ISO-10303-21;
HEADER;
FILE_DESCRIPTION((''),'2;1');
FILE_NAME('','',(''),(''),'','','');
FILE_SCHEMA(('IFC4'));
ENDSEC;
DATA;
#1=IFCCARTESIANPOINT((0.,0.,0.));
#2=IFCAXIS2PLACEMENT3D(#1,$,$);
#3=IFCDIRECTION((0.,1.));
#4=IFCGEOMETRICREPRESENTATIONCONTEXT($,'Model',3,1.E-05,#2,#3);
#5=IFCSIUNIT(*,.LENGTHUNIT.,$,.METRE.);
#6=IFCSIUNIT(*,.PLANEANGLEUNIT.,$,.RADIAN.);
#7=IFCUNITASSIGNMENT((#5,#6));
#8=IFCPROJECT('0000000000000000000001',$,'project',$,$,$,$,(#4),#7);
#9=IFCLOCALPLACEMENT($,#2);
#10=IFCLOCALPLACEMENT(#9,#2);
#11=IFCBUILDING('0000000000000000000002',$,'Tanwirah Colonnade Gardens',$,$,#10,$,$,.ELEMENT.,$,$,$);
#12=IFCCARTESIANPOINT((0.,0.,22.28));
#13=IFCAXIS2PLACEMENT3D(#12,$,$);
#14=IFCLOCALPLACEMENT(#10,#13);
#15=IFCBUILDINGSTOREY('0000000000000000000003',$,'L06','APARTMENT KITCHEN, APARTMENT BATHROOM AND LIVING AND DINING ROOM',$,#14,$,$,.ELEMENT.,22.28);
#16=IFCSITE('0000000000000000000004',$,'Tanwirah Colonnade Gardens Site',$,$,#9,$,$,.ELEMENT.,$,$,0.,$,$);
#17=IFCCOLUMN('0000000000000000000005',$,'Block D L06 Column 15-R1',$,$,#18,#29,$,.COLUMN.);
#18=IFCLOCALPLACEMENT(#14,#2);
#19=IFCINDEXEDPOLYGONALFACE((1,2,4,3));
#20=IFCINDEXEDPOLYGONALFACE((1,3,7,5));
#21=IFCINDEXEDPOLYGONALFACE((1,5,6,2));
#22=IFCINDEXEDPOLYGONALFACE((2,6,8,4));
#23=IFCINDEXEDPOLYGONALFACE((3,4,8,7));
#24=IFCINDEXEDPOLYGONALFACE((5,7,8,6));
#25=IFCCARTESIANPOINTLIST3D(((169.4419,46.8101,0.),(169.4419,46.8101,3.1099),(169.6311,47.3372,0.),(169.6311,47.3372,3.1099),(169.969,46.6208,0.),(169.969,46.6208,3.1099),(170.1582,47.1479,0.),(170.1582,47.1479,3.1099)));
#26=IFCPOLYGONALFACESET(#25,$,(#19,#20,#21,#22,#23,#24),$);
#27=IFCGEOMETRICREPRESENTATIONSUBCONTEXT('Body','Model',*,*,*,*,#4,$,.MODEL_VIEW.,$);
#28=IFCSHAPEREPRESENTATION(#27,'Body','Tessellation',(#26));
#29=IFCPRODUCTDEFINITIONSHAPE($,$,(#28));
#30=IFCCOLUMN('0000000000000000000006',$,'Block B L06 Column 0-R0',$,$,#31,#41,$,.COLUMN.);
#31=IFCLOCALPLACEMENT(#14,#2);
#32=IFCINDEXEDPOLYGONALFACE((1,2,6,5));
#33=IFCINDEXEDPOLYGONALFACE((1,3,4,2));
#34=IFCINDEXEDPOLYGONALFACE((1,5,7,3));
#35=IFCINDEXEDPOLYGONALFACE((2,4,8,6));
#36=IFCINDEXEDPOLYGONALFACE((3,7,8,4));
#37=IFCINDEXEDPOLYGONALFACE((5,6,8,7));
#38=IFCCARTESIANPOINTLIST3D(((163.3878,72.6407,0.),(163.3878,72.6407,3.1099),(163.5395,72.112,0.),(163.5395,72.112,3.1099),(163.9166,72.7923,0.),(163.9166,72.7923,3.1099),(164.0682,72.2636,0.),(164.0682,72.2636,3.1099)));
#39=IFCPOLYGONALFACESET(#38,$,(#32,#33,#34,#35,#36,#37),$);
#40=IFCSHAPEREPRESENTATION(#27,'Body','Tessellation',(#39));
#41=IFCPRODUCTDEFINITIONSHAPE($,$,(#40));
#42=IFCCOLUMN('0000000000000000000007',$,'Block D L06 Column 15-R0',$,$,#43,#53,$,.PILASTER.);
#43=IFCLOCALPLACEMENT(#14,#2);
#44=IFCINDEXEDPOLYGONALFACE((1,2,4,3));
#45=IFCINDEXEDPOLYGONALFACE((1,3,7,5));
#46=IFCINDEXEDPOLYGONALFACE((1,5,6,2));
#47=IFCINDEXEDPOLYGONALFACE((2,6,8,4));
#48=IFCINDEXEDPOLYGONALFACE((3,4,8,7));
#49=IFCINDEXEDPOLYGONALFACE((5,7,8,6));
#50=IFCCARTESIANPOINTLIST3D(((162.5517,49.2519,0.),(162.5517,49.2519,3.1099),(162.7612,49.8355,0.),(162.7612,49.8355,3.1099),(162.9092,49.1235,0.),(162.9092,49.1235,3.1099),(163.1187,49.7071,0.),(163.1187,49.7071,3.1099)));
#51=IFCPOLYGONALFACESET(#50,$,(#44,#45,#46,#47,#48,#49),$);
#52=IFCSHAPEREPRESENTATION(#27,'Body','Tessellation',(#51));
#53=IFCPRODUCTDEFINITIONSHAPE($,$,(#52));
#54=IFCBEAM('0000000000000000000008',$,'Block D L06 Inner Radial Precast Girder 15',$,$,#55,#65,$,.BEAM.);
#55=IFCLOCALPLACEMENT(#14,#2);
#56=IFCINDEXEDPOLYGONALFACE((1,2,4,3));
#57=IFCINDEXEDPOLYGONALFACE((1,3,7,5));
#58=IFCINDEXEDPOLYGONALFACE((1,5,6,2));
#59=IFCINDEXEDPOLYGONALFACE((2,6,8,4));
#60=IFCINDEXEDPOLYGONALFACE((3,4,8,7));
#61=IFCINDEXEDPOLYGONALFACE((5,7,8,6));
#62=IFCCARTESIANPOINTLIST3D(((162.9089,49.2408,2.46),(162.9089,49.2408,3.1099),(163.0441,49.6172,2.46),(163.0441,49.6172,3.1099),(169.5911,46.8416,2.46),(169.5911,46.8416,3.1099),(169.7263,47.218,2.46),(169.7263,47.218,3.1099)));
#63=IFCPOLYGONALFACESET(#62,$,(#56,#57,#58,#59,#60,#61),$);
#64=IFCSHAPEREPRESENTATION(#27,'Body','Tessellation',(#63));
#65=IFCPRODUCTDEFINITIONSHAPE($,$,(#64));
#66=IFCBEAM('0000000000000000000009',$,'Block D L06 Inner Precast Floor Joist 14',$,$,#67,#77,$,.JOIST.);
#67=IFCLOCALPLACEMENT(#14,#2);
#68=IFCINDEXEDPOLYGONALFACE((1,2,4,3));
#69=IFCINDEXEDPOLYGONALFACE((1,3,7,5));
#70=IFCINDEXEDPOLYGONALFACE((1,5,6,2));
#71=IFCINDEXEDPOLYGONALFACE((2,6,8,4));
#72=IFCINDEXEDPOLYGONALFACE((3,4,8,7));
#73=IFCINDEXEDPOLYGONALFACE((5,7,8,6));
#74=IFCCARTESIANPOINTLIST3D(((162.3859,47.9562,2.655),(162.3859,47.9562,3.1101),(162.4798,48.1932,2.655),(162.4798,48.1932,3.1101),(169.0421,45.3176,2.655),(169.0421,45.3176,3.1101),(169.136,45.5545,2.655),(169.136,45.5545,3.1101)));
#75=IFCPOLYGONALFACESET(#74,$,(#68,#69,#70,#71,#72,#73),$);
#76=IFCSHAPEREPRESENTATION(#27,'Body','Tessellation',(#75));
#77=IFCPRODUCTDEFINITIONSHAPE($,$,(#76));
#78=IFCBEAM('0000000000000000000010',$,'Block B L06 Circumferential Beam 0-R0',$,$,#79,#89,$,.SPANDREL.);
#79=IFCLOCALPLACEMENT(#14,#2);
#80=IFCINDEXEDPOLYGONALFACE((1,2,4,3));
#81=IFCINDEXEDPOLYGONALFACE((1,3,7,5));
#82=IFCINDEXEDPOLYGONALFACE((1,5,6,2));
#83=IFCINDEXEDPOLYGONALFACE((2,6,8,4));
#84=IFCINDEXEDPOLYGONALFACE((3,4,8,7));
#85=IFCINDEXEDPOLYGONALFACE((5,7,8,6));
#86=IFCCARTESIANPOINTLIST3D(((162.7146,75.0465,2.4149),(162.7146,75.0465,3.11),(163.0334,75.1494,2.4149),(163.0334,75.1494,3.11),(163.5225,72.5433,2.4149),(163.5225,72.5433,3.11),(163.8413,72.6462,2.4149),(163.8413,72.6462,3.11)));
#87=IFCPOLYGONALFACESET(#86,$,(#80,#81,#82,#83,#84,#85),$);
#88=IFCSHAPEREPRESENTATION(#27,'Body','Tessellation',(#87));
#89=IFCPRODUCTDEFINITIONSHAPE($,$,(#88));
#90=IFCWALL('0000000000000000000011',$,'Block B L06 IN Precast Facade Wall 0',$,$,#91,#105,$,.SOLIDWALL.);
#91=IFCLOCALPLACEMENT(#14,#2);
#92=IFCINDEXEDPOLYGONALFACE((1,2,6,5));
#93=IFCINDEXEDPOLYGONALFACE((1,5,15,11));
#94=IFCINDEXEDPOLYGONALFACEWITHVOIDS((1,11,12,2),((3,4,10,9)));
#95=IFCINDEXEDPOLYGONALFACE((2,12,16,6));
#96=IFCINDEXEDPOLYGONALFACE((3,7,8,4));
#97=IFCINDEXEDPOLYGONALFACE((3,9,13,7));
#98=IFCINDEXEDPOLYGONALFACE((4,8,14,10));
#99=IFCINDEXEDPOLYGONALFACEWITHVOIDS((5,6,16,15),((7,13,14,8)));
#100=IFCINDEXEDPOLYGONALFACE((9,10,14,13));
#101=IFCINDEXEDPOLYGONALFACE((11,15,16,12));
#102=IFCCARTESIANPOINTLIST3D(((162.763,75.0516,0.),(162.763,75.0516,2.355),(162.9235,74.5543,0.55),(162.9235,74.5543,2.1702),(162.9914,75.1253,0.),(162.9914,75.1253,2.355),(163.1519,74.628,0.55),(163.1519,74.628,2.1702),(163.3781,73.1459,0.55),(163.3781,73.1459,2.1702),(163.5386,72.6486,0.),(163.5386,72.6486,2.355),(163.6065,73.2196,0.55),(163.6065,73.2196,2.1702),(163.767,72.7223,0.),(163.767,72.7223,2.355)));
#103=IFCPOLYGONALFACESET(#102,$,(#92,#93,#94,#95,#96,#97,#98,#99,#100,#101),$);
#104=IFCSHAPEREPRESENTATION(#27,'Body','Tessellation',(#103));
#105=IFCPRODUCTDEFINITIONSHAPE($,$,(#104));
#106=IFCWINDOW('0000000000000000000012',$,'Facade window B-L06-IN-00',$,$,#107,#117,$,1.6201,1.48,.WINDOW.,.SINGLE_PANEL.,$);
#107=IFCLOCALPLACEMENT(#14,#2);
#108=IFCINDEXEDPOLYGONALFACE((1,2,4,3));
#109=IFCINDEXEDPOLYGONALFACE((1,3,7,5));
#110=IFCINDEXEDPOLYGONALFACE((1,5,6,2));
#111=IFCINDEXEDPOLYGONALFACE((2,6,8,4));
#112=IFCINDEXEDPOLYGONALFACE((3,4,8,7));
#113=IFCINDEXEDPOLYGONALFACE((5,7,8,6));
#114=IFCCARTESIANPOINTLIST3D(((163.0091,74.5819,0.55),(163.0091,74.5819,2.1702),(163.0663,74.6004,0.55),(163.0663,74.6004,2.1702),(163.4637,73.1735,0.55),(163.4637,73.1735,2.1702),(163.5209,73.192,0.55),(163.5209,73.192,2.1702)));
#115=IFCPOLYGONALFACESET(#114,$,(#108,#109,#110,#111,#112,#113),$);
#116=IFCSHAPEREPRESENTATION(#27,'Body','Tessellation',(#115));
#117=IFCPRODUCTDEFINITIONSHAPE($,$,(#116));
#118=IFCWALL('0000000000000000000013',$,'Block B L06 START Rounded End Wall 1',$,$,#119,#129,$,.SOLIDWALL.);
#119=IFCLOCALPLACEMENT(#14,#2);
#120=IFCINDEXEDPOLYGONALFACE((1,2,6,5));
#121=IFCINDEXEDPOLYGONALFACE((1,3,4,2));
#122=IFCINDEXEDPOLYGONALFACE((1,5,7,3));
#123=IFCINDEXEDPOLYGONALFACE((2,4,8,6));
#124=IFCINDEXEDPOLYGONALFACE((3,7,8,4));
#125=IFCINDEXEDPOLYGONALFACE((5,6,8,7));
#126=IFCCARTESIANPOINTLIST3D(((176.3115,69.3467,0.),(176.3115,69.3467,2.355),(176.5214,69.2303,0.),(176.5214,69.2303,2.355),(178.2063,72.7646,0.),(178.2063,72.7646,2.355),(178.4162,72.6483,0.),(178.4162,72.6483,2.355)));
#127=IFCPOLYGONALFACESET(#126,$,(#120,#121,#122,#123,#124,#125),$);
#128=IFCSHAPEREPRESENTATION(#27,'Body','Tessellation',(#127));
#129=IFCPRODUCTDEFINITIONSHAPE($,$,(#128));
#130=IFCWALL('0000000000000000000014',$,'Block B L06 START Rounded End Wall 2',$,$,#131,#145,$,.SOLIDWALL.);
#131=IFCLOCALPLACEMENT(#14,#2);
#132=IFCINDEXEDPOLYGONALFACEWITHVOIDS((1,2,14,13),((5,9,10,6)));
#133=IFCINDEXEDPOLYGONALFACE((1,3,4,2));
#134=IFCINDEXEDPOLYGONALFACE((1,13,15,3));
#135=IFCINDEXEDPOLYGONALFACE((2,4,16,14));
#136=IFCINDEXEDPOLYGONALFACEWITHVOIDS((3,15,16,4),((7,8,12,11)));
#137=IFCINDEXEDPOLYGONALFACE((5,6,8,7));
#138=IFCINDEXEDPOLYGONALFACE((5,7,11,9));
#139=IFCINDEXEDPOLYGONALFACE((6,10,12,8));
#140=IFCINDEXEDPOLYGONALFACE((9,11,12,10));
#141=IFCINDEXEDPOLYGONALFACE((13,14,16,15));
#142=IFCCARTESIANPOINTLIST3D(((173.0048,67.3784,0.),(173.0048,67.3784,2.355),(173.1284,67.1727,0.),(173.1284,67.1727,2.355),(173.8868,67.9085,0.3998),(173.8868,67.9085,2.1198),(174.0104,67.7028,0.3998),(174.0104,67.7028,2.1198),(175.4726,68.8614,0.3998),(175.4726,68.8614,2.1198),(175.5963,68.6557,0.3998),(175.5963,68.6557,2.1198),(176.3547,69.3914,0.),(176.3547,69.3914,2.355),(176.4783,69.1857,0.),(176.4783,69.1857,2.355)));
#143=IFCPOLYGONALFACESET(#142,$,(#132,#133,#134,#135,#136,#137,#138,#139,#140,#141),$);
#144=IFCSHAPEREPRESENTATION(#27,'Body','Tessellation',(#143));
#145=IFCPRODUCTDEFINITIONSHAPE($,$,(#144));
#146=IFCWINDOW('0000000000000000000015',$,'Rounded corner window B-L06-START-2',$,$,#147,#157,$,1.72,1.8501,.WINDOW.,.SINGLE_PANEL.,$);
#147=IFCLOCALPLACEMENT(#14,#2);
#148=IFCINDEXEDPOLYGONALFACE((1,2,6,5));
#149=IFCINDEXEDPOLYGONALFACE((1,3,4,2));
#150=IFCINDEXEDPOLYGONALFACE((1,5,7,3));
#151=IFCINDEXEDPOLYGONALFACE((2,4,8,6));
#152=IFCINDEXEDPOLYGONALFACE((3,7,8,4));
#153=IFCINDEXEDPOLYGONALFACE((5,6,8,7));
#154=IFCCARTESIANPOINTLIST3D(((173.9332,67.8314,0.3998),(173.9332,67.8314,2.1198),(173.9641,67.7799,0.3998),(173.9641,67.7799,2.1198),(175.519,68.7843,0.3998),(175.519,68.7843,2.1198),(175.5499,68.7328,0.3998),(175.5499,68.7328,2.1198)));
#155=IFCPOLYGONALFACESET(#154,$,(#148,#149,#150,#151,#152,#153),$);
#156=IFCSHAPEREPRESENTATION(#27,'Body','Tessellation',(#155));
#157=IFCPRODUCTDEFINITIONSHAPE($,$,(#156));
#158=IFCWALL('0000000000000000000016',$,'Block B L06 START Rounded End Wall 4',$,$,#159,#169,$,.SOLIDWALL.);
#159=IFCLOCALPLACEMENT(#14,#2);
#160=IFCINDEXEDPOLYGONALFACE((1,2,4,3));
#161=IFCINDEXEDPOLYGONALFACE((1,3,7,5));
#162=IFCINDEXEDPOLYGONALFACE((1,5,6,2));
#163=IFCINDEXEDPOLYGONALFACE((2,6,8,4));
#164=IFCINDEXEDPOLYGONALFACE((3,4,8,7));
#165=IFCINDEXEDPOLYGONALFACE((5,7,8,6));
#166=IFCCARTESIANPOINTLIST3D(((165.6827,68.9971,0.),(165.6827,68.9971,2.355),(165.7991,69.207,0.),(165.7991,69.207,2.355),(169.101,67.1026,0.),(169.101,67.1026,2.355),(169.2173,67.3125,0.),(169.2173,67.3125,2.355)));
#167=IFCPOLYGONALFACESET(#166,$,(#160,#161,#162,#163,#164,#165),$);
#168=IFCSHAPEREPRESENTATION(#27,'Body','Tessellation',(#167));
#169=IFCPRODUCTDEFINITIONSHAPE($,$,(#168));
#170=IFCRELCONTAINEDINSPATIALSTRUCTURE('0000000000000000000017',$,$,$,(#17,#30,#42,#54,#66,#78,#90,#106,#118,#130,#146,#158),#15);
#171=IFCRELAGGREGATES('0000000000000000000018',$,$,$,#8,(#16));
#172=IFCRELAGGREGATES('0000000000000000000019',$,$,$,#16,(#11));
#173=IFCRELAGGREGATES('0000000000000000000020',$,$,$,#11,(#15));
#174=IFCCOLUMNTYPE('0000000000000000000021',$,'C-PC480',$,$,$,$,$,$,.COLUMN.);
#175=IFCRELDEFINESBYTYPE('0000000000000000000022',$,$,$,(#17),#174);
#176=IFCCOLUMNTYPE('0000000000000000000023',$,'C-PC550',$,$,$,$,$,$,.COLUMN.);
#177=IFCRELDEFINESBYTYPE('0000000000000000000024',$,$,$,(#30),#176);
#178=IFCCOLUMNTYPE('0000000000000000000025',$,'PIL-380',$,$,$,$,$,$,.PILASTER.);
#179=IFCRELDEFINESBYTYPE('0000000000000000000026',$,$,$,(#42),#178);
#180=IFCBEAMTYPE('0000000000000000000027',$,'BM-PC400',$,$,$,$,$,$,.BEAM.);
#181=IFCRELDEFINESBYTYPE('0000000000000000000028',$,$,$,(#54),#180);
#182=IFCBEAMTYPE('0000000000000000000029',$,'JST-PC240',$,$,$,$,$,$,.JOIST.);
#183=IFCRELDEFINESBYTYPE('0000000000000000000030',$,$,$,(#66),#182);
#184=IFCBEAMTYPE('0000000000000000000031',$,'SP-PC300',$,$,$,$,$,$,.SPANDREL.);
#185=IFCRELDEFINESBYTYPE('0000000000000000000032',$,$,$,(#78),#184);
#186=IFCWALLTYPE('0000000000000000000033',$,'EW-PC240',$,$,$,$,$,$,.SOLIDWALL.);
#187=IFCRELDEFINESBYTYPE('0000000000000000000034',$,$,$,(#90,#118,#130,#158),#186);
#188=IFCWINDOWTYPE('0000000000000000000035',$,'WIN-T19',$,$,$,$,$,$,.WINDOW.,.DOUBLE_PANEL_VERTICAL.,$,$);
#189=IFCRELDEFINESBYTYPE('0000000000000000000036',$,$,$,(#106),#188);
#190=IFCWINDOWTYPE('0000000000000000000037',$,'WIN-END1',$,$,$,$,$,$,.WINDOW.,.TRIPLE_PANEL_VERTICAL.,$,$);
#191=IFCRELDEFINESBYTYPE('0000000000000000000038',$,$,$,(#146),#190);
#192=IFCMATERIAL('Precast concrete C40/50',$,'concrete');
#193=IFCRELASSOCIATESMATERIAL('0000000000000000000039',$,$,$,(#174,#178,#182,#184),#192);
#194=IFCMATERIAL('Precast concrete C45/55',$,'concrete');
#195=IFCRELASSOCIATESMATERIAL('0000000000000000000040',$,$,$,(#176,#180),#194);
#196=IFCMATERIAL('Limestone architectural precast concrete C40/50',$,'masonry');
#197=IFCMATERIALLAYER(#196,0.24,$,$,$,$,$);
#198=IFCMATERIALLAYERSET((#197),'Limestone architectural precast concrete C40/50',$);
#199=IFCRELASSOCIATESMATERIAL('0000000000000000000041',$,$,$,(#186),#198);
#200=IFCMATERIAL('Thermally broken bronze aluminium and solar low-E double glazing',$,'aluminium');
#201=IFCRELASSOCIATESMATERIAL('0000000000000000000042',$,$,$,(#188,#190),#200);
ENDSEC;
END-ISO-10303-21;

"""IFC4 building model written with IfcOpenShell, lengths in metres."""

from ifc_helpers import new_model, si_unit, direction, frame, frame_2d, origin, origin_2d, place, context, subcontext, project, spatial, rectangle, extrude, material, layer, layer_set, material_profile, profile_set, type_object, element, fill, save


model = new_model("IFC4")

# Units and contexts
model_context = context("Model", 3, precision=1e-05, world=origin(), true_north=direction((0.0, 1.0)))
body_context = subcontext(model_context, "Body", "Model", "MODEL_VIEW")
ifc_project = project(units=[si_unit("LENGTHUNIT", "METRE"), si_unit("PLANEANGLEUNIT", "RADIAN")], contexts=[model_context])

# Site, building, storey
site_placement = place(None, origin())
site = spatial("IfcSite", under=ifc_project, at=site_placement, Name="Tanwirah Colonnade Gardens Site", CompositionType="ELEMENT", RefElevation=0.0)
building_placement = place(site_placement, origin())
building = spatial("IfcBuilding", under=site, at=building_placement, Name="Tanwirah Colonnade Gardens", CompositionType="ELEMENT")
storey_placement = place(building_placement, frame((0.0, 0.0, 22.28)))
storey = spatial("IfcBuildingStorey", under=building, at=storey_placement, Name="L06", Description="APARTMENT KITCHEN, APARTMENT BATHROOM AND LIVING AND DINING ROOM", CompositionType="ELEMENT", Elevation=22.28)

# Columns
ifc_material_1 = material(Name="Precast concrete C40/50", Category="concrete")
ifc_material_profile_1 = material_profile(ifc_material_1, rectangle(XDim=0.5601, YDim=0.5601, at=origin_2d()), Name="PC-COL 560x560")
ifc_profile_set_1 = profile_set([ifc_material_profile_1], Name="Precast concrete C40/50")
column_type_1 = type_object("IfcColumnType", Name="C-PC480", PredefinedType="COLUMN", material=ifc_profile_set_1)
column_1_placement = place(storey_placement, frame((169.8, 46.979, 0.0), z_axis=(0.0, 0.0, 1.0), x_axis=(0.941176, -0.337917, 0.0)))
element("IfcColumn", 1, at=column_1_placement, inside=storey, type_object=column_type_1, Name="Block D L06 Column 15-R1", PredefinedType="COLUMN", context=body_context, shape_type="SweptSolid", body=[
    extrude(rectangle(XDim=0.5601, YDim=0.5601, at=origin_2d()), origin(), (0.0, 0.0, 1.0), 3.1099),
])
ifc_material_2 = material(Name="Precast concrete C45/55", Category="concrete")
ifc_material_profile_2 = material_profile(ifc_material_2, rectangle(XDim=0.55, YDim=0.55, at=origin_2d()), Name="PC-COL 550x550")
ifc_profile_set_2 = profile_set([ifc_material_profile_2], Name="Precast concrete C45/55")
column_type_2 = type_object("IfcColumnType", Name="C-PC550", PredefinedType="COLUMN", material=ifc_profile_set_2)
column_2_placement = place(storey_placement, frame((163.728, 72.4521, 0.0), z_axis=(0.0, 0.0, 1.0), x_axis=(0.961262, 0.275637, 0.0)))
element("IfcColumn", 2, at=column_2_placement, inside=storey, type_object=column_type_2, Name="Block B L06 Column 0-R0", PredefinedType="COLUMN", context=body_context, shape_type="SweptSolid", body=[
    extrude(rectangle(XDim=0.55, YDim=0.55, at=origin_2d()), origin(), (0.0, 0.0, 1.0), 3.1099),
])
ifc_material_profile_3 = material_profile(ifc_material_1, rectangle(XDim=0.3799, YDim=0.6201, at=origin_2d()), Name="PC-PIL 380x620")
ifc_profile_set_3 = profile_set([ifc_material_profile_3], Name="Precast concrete C40/50")
column_type_3 = type_object("IfcColumnType", Name="PIL-380", PredefinedType="PILASTER", material=ifc_profile_set_3)
column_3_placement = place(storey_placement, frame((162.8352, 49.4795, 0.0), z_axis=(0.0, 0.0, 1.0), x_axis=(0.941176, -0.337917, 0.0)))
element("IfcColumn", 3, at=column_3_placement, inside=storey, type_object=column_type_3, Name="Block D L06 Column 15-R0", PredefinedType="PILASTER", context=body_context, shape_type="SweptSolid", body=[
    extrude(rectangle(XDim=0.3799, YDim=0.6201, at=origin_2d()), origin(), (0.0, 0.0, 1.0), 3.1099),
])

# Beams
ifc_material_profile_4 = material_profile(ifc_material_2, rectangle(XDim=0.3999, YDim=0.6499, at=origin_2d()), Name="PC-BM 400x650")
ifc_profile_set_4 = profile_set([ifc_material_profile_4], Name="Precast concrete C45/55")
beam_type_1 = type_object("IfcBeamType", Name="BM-PC400", PredefinedType="BEAM", material=ifc_profile_set_4)
beam_1_placement = place(storey_placement, frame((169.6587, 47.0298, 2.7849), z_axis=(-0.941174, 0.337922, 0.0), x_axis=(-0.337922, -0.941174, 0.0)))
element("IfcBeam", 4, at=beam_1_placement, inside=storey, type_object=beam_type_1, Name="Block D L06 Inner Radial Precast Girder 15", PredefinedType="BEAM", context=body_context, shape_type="SweptSolid", body=[
    extrude(rectangle(XDim=0.3999, YDim=0.6499, at=origin_2d()), origin(), (0.0, 0.0, 1.0), 7.0999),
])
ifc_material_profile_5 = material_profile(ifc_material_1, rectangle(XDim=0.2549, YDim=0.4551, at=origin_2d()), Name="PC-JST 255x455")
ifc_profile_set_5 = profile_set([ifc_material_profile_5], Name="Precast concrete C40/50")
beam_type_2 = type_object("IfcBeamType", Name="JST-PC240", PredefinedType="JOIST", material=ifc_profile_set_5)
beam_2_placement = place(storey_placement, frame((162.4329, 48.0747, 2.8826), z_axis=(0.92962, -0.36852, 0.0), x_axis=(0.36852, 0.92962, 0.0)))
element("IfcBeam", 5, at=beam_2_placement, inside=storey, type_object=beam_type_2, Name="Block D L06 Inner Precast Floor Joist 14", PredefinedType="JOIST", context=body_context, shape_type="SweptSolid", body=[
    extrude(rectangle(XDim=0.2549, YDim=0.4551, at=origin_2d()), origin(), (0.0, 0.0, 1.0), 7.1602),
])
ifc_material_profile_6 = material_profile(ifc_material_1, rectangle(XDim=0.335, YDim=0.6951, at=origin_2d()), Name="PC-SP 335x695")
ifc_profile_set_6 = profile_set([ifc_material_profile_6], Name="Precast concrete C40/50")
beam_type_3 = type_object("IfcBeamType", Name="SP-PC300", PredefinedType="SPANDREL", material=ifc_profile_set_6)
beam_3_placement = place(storey_placement, frame((163.6819, 72.5947, 2.7625), z_axis=(-0.307136, 0.951666, 0.0), x_axis=(-0.951666, -0.307136, 0.0)))
element("IfcBeam", 6, at=beam_3_placement, inside=storey, type_object=beam_type_3, Name="Block B L06 Circumferential Beam 0-R0", PredefinedType="SPANDREL", context=body_context, shape_type="SweptSolid", body=[
    extrude(rectangle(XDim=0.335, YDim=0.6951, at=origin_2d()), origin(), (0.0, 0.0, 1.0), 2.6304),
])

# Wall, opening, window
ifc_material_3 = material(Name="Limestone architectural precast concrete C40/50", Category="masonry")
ifc_layer_1 = layer(ifc_material_3, 0.24)
ifc_layer_set_1 = layer_set([ifc_layer_1], Name="Limestone architectural precast concrete C40/50")
wall_type_1 = type_object("IfcWallType", Name="EW-PC240", PredefinedType="SOLIDWALL", material=ifc_layer_set_1)
wall_1_placement = place(storey_placement, frame((163.6528, 72.6853, 0.0), z_axis=(0.0, 0.0, 1.0), x_axis=(-0.307164, 0.951657, 0.0)))
wall_1 = element("IfcWall", 7, at=wall_1_placement, inside=storey, type_object=wall_type_1, Name="Block B L06 IN Precast Facade Wall 0", PredefinedType="SOLIDWALL", context=body_context, shape_type="SweptSolid", body=[
    extrude(rectangle(XDim=2.5251, YDim=0.24, at=frame_2d((1.2627, 0.0))), origin(), (0.0, 0.0, 1.0), 2.355),
])
opening_1_placement = place(wall_1_placement, frame((0.5227, 0.0, 0.55)))
opening_1 = element("IfcOpeningElement", 8, at=opening_1_placement, cuts=wall_1, PredefinedType="OPENING", context=body_context, shape_type="SweptSolid", body=[
    extrude(rectangle(XDim=1.48, YDim=1.6201, at=frame_2d((0.74, 0.8101))), frame((0.0, 0.1299, 0.0), z_axis=(0.0, -1.0, 0.0), x_axis=(1.0, 0.0, 0.0)), (0.0, 0.0, 1.0), 0.26),
])
ifc_material_4 = material(Name="Thermally broken bronze aluminium and solar low-E double glazing", Category="aluminium")
window_type_1 = type_object("IfcWindowType", Name="WIN-T19", PartitioningType="DOUBLE_PANEL_VERTICAL", PredefinedType="WINDOW", material=ifc_material_4)
window_1_placement = place(opening_1_placement, origin())
window_1 = element("IfcWindow", 9, at=window_1_placement, inside=storey, type_object=window_type_1, Name="Facade window B-L06-IN-00", OverallHeight=1.6201, OverallWidth=1.48, PartitioningType="SINGLE_PANEL", PredefinedType="WINDOW", context=body_context, shape_type="SweptSolid", body=[
    extrude(rectangle(XDim=1.48, YDim=1.6201, at=frame_2d((0.74, 0.8101))), frame((0.0, 0.03, 0.0), z_axis=(0.0, -1.0, 0.0), x_axis=(1.0, 0.0, 0.0)), (0.0, 0.0, 1.0), 0.0601),
])
fill(opening_1, window_1)

# Wall
wall_2_placement = place(storey_placement, frame((178.3113, 72.7065, 0.0), z_axis=(0.0, 0.0, 1.0), x_axis=(-0.484842, -0.874602, 0.0)))
element("IfcWall", 10, at=wall_2_placement, inside=storey, type_object=wall_type_1, Name="Block B L06 START Rounded End Wall 1", PredefinedType="SOLIDWALL", context=body_context, shape_type="SweptSolid", body=[
    extrude(rectangle(XDim=3.908, YDim=0.24, at=frame_2d((1.9541, 0.0))), origin(), (0.0, 0.0, 1.0), 2.355),
])

# Wall, opening, window
wall_3_placement = place(storey_placement, frame((176.4165, 69.2886, 0.0), z_axis=(0.0, 0.0, 1.0), x_axis=(-0.857151, -0.515065, 0.0)))
wall_3 = element("IfcWall", 11, at=wall_3_placement, inside=storey, type_object=wall_type_1, Name="Block B L06 START Rounded End Wall 2", PredefinedType="SOLIDWALL", context=body_context, shape_type="SweptSolid", body=[
    extrude(rectangle(XDim=3.9082, YDim=0.24, at=frame_2d((1.9541, 0.0))), origin(), (0.0, 0.0, 1.0), 2.355),
])
opening_2_placement = place(wall_3_placement, frame((1.0291, 0.0, 0.3999)))
opening_2 = element("IfcOpeningElement", 12, at=opening_2_placement, cuts=wall_3, PredefinedType="OPENING", context=body_context, shape_type="SweptSolid", body=[
    extrude(rectangle(XDim=1.8501, YDim=1.72, at=frame_2d((0.925, 0.8599))), frame((0.0, 0.1299, 0.0), z_axis=(0.0, -1.0, 0.0), x_axis=(1.0, 0.0, 0.0)), (0.0, 0.0, 1.0), 0.26),
])
window_type_2 = type_object("IfcWindowType", Name="WIN-END1", PartitioningType="TRIPLE_PANEL_VERTICAL", PredefinedType="WINDOW", material=ifc_material_4)
window_2_placement = place(opening_2_placement, origin())
window_2 = element("IfcWindow", 13, at=window_2_placement, inside=storey, type_object=window_type_2, Name="Rounded corner window B-L06-START-2", OverallHeight=1.72, OverallWidth=1.8501, PartitioningType="SINGLE_PANEL", PredefinedType="WINDOW", context=body_context, shape_type="SweptSolid", body=[
    extrude(rectangle(XDim=1.8501, YDim=1.72, at=frame_2d((0.925, 0.8599))), frame((0.0, 0.03, 0.0), z_axis=(0.0, -1.0, 0.0), x_axis=(1.0, 0.0, 0.0)), (0.0, 0.0, 1.0), 0.0601),
])
fill(opening_2, window_2)

# Wall
wall_4_placement = place(storey_placement, frame((169.1592, 67.2075, 0.0), z_axis=(0.0, 0.0, 1.0), x_axis=(-0.874643, 0.484768, 0.0)))
element("IfcWall", 14, at=wall_4_placement, inside=storey, type_object=wall_type_1, Name="Block B L06 START Rounded End Wall 4", PredefinedType="SOLIDWALL", context=body_context, shape_type="SweptSolid", body=[
    extrude(rectangle(XDim=3.9082, YDim=0.24, at=frame_2d((1.9541, 0.0))), origin(), (0.0, 0.0, 1.0), 2.355),
])

save(model, "model.ifc")
